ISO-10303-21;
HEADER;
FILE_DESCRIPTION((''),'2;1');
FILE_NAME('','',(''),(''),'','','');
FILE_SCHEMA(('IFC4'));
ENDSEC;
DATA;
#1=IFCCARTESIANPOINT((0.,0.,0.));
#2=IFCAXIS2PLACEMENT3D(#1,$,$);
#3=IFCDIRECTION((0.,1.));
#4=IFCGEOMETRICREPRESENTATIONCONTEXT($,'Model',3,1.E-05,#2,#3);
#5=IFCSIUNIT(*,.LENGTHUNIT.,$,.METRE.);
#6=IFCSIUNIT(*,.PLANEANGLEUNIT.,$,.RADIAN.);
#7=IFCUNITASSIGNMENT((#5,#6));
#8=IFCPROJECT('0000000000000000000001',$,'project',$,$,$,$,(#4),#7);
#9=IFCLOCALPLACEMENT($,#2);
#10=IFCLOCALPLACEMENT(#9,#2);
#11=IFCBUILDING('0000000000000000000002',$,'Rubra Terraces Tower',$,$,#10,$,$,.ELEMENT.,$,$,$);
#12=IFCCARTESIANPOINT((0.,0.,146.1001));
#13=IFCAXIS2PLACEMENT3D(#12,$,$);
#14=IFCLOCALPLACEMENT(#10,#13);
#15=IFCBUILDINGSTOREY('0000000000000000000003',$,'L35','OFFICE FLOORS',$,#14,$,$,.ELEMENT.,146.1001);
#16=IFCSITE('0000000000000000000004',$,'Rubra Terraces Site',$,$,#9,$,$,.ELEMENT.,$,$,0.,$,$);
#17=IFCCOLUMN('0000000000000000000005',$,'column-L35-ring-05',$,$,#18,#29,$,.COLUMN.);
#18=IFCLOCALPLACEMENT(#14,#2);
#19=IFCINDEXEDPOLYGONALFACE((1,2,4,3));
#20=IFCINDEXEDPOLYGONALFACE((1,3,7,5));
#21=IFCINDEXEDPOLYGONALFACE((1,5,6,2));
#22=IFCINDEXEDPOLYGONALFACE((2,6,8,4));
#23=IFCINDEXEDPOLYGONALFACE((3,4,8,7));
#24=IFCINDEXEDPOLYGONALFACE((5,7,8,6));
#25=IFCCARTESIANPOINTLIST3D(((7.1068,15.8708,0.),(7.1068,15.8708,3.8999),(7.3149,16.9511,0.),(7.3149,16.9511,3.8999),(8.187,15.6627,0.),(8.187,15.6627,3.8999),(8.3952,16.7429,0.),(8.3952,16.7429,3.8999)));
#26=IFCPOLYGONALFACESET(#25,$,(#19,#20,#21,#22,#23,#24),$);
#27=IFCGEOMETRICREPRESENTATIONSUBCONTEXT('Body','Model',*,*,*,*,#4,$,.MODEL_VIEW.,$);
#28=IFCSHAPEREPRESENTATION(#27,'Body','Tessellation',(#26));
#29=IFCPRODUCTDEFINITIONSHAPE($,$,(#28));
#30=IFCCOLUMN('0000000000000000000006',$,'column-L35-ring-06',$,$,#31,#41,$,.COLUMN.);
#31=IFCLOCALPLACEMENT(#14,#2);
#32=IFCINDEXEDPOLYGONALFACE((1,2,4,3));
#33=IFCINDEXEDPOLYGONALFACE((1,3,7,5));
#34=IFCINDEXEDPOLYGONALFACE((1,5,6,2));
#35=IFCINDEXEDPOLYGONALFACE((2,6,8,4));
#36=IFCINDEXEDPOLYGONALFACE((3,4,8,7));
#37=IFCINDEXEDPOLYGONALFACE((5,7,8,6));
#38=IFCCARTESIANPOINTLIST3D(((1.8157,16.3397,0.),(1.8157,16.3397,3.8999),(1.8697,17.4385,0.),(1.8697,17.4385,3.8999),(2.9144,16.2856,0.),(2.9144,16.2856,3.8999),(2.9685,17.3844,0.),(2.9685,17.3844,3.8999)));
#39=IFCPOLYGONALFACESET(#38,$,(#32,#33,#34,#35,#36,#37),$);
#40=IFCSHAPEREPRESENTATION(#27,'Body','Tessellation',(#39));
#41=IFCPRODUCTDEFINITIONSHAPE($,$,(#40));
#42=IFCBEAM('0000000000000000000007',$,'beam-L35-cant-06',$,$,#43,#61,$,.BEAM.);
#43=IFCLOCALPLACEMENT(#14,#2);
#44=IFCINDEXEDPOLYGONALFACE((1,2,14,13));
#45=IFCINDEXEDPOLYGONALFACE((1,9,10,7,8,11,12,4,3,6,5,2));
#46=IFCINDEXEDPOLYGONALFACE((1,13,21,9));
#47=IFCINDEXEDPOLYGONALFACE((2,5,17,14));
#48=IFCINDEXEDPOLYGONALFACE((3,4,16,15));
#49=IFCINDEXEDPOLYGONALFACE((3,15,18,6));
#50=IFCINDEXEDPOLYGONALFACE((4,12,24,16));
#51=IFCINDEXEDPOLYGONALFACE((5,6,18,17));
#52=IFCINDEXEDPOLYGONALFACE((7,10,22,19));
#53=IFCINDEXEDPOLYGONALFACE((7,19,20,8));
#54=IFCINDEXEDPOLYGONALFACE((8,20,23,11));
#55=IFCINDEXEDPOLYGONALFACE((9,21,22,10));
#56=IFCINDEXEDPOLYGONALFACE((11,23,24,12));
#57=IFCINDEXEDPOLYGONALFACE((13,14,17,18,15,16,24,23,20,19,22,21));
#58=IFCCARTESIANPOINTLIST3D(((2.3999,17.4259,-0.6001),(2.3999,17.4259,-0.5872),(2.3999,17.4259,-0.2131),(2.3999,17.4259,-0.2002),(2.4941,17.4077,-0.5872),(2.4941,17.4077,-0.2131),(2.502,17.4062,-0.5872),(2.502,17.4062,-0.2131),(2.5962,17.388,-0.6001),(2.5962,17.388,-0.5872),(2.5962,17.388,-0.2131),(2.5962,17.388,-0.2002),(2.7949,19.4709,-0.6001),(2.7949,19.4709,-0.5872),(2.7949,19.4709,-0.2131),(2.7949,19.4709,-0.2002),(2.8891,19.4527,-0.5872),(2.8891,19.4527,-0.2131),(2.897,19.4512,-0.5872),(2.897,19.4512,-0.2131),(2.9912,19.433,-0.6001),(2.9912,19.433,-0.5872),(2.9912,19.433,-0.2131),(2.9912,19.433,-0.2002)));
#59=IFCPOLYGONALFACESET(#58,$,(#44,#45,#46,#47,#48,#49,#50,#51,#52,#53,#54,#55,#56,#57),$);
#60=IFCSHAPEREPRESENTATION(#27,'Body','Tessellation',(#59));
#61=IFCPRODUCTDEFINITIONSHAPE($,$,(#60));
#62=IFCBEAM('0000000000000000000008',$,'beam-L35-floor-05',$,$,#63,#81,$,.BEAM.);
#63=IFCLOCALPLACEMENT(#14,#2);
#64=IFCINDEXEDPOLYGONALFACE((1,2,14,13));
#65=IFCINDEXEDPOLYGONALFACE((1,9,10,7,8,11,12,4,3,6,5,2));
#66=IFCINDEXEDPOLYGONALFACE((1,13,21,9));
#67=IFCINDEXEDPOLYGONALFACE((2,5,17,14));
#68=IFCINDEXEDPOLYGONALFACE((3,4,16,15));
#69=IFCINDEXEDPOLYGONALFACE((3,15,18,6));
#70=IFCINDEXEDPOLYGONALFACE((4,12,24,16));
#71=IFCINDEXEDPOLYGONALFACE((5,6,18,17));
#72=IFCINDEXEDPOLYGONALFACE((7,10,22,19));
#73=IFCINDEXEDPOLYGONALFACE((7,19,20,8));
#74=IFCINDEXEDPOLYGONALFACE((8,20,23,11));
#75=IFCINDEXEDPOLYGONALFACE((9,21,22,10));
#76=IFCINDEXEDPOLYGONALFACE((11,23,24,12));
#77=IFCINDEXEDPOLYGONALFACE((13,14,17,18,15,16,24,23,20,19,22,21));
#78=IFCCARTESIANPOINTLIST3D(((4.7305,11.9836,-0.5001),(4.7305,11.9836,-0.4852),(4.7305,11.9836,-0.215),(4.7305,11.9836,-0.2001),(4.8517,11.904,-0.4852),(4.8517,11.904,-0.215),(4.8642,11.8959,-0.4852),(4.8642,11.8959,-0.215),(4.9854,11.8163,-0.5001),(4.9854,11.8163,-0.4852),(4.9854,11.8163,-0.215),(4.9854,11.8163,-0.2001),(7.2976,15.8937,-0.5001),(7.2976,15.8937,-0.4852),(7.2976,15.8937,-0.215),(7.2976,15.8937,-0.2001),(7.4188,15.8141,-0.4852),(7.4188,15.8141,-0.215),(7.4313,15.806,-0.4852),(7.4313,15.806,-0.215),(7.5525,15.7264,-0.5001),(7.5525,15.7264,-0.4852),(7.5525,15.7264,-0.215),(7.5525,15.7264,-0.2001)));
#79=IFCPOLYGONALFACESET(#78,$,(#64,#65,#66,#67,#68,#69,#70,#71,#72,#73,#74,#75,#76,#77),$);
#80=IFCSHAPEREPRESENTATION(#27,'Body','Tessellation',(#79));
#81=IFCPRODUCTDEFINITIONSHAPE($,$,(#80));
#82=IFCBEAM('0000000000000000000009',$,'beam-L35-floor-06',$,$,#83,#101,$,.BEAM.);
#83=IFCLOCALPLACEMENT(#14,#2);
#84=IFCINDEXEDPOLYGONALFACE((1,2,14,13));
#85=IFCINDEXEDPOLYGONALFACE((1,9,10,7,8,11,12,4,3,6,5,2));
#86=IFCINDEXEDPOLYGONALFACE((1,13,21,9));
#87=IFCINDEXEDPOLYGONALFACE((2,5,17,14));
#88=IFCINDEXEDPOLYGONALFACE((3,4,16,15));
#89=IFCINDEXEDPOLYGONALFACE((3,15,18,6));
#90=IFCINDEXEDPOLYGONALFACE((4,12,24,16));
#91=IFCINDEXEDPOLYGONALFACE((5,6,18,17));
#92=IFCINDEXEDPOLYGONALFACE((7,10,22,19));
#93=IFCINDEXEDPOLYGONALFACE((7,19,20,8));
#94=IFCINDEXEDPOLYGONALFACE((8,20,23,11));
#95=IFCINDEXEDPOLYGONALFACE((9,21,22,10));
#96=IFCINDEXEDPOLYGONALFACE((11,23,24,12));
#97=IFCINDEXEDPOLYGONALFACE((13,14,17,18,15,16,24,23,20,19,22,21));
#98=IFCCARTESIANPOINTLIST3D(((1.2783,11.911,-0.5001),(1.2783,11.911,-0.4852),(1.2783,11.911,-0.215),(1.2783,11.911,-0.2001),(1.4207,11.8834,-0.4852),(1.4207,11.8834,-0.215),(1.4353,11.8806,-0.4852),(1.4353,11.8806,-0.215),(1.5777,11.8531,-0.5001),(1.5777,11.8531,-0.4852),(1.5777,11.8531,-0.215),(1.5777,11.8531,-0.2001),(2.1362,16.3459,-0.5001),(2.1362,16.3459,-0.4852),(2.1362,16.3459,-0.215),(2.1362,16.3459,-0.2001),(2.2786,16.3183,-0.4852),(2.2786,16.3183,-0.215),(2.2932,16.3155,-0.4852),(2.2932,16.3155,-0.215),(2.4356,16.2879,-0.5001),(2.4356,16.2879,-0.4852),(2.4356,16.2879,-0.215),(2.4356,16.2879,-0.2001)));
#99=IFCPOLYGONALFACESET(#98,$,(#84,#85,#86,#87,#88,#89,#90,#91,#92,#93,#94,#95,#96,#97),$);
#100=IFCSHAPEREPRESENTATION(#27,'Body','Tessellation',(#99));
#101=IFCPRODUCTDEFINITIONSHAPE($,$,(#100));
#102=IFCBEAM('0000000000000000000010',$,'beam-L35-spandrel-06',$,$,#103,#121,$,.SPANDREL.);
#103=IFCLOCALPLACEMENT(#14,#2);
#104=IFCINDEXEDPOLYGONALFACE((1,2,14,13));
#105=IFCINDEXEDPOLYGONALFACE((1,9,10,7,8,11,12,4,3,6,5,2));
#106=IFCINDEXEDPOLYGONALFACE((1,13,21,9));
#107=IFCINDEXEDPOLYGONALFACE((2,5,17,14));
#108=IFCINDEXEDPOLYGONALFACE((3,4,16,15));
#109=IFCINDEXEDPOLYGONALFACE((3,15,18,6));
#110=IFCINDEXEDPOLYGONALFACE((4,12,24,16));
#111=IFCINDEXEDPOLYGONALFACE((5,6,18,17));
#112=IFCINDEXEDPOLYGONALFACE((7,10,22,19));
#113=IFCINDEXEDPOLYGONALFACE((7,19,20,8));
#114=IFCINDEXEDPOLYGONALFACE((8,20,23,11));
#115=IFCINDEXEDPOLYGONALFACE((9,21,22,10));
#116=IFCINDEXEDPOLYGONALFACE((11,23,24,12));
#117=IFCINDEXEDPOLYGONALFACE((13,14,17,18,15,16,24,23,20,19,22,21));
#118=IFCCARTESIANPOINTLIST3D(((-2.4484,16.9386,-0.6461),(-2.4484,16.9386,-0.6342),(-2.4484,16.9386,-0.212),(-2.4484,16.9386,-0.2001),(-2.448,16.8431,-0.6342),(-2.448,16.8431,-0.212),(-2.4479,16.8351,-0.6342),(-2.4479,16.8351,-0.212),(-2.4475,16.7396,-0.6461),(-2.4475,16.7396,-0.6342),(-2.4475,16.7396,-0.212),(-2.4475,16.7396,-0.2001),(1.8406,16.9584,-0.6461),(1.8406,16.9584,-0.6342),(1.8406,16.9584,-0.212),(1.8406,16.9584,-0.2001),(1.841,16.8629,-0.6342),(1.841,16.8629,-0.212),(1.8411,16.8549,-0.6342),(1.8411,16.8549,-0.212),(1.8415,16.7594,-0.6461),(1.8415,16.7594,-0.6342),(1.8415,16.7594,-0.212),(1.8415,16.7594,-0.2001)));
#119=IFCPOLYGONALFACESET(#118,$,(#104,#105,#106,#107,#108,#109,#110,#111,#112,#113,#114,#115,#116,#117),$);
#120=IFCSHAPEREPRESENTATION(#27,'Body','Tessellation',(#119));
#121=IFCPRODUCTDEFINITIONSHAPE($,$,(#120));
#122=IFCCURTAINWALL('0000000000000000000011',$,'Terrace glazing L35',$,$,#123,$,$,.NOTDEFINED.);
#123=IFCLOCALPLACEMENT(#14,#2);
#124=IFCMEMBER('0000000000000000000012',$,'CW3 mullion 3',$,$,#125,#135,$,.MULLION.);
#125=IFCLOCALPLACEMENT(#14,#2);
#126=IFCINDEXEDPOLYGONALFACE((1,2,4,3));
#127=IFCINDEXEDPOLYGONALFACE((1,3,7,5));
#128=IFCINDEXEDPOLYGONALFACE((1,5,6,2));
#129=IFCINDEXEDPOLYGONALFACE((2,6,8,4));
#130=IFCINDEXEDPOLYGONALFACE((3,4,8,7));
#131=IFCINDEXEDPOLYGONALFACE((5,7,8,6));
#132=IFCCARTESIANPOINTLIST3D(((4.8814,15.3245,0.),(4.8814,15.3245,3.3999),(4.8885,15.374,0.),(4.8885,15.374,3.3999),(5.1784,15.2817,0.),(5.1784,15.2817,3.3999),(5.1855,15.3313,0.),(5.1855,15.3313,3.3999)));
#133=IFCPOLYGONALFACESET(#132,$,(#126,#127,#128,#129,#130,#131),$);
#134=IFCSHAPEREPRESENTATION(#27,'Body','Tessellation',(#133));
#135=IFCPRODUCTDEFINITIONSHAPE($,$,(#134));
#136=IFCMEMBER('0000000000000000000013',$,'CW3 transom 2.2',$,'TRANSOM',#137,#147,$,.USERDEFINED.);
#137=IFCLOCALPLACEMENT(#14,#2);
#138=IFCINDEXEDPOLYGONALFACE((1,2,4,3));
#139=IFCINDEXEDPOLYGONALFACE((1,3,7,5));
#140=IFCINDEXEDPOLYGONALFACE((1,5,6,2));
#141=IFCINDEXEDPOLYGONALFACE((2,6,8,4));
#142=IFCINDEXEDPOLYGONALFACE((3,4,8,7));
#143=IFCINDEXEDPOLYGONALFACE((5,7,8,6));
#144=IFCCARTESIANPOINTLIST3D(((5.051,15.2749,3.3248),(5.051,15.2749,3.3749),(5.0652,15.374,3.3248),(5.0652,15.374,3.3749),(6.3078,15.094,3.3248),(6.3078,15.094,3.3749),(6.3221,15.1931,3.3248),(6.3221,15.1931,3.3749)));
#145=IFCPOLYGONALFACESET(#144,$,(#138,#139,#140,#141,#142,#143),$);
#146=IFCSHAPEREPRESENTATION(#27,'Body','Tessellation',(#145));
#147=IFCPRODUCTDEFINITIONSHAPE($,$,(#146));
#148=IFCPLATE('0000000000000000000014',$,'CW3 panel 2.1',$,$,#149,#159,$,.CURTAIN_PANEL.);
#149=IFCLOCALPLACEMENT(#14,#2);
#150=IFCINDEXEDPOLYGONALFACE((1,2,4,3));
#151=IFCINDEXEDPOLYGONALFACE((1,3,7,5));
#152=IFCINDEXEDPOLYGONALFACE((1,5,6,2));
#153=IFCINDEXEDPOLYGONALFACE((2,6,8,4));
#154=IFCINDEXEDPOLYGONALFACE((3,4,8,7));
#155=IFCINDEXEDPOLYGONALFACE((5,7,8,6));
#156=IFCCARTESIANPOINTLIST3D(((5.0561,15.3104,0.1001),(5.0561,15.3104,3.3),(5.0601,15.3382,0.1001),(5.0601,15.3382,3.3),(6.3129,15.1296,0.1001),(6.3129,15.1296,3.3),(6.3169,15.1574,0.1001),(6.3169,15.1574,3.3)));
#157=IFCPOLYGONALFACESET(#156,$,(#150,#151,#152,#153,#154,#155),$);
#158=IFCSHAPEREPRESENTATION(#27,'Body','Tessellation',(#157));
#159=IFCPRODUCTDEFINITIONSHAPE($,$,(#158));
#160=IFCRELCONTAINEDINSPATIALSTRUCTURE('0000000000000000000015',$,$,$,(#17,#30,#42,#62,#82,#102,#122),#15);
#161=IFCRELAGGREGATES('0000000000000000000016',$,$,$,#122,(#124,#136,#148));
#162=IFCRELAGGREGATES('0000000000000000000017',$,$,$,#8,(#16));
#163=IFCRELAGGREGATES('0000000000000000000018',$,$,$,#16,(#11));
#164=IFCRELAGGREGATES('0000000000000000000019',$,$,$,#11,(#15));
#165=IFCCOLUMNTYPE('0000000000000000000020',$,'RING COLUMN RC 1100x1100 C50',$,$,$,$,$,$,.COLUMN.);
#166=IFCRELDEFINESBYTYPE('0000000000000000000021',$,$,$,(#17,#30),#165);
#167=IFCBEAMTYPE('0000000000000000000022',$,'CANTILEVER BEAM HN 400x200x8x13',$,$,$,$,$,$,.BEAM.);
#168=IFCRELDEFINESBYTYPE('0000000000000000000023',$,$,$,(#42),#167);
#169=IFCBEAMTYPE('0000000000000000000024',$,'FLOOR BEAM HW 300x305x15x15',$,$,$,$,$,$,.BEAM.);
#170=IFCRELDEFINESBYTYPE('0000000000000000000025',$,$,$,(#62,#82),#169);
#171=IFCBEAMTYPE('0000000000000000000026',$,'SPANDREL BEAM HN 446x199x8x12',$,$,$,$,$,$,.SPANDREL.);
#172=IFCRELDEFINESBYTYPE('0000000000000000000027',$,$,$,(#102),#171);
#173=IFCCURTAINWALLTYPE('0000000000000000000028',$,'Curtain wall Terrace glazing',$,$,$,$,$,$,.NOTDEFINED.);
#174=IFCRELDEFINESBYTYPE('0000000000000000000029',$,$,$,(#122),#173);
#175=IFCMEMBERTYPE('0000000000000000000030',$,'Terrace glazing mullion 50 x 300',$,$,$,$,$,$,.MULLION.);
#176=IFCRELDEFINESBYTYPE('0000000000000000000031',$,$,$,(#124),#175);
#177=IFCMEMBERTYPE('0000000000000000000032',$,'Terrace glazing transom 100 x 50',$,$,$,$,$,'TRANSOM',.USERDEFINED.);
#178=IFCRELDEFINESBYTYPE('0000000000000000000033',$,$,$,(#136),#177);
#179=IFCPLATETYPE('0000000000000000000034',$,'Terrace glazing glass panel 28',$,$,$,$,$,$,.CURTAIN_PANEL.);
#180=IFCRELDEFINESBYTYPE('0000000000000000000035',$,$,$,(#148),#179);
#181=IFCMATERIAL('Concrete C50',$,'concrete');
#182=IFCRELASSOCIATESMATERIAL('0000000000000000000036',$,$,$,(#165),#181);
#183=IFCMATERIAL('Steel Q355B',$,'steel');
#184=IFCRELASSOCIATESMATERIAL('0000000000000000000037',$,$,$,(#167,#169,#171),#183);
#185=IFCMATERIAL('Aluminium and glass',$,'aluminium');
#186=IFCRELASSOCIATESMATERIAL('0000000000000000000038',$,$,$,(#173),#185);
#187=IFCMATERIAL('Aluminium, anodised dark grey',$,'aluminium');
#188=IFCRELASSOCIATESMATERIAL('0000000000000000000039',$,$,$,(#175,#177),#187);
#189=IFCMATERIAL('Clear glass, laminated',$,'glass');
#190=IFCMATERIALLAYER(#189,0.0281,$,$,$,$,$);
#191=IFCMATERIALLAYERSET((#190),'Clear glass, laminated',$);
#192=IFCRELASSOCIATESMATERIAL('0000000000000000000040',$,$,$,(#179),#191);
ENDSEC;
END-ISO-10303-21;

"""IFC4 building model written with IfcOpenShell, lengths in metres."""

from ifc_helpers import new_model, si_unit, direction, frame, origin, origin_2d, place, context, subcontext, project, spatial, rectangle, i_section, extrude, material, layer, layer_set, material_profile, profile_set, type_object, element, aggregate, save


model = new_model("IFC4")

# Units and contexts
model_context = context("Model", 3, precision=1e-05, world=origin(), true_north=direction((0.0, 1.0)))
body_context = subcontext(model_context, "Body", "Model", "MODEL_VIEW")
ifc_project = project(units=[si_unit("LENGTHUNIT", "METRE"), si_unit("PLANEANGLEUNIT", "RADIAN")], contexts=[model_context])

# Site, building, storey
site_placement = place(None, origin())
site = spatial("IfcSite", under=ifc_project, at=site_placement, Name="Rubra Terraces Site", CompositionType="ELEMENT", RefElevation=0.0)
building_placement = place(site_placement, origin())
building = spatial("IfcBuilding", under=site, at=building_placement, Name="Rubra Terraces Tower", CompositionType="ELEMENT")
storey_placement = place(building_placement, frame((0.0, 0.0, 146.1001)))
storey = spatial("IfcBuildingStorey", under=building, at=storey_placement, Name="L35", Description="OFFICE FLOORS", CompositionType="ELEMENT", Elevation=146.1001)

# Columns
ifc_material_1 = material(Name="Concrete C50", Category="concrete")
ifc_material_profile_1 = material_profile(ifc_material_1, rectangle(XDim=1.1001, YDim=1.1001, at=origin_2d()), Name="RC 1100x1100")
ifc_profile_set_1 = profile_set([ifc_material_profile_1], Name="Concrete C50")
column_type = type_object("IfcColumnType", Name="RING COLUMN RC 1100x1100 C50", PredefinedType="COLUMN", material=ifc_profile_set_1)
for number, where, z_axis, x_axis, name in (
    (1, (7.751, 16.3069, 0.0), (0.0, 0.0, 1.0), (-0.981937, 0.18921, 0.0), "column-L35-ring-05"),
    (2, (2.3921, 16.8621, 0.0), (0.0, 0.0, 1.0), (-0.998791, 0.04915, 0.0), "column-L35-ring-06"),
):
    element("IfcColumn", number, at=place(storey_placement, frame(where, z_axis=z_axis, x_axis=x_axis)), inside=storey, type_object=column_type, Name=name, PredefinedType="COLUMN", context=body_context, shape_type="SweptSolid", body=[
        extrude(rectangle(XDim=1.1001, YDim=1.1001, at=origin_2d()), origin(), (0.0, 0.0, 1.0), 3.8999),
    ])

# Beams
ifc_material_2 = material(Name="Steel Q355B", Category="steel")
ifc_material_profile_2 = material_profile(ifc_material_2, i_section(OverallWidth=0.2, OverallDepth=0.3999, WebThickness=0.0081, FlangeThickness=0.0129, at=origin_2d()), Name="HN 400x200x8x13")
ifc_profile_set_2 = profile_set([ifc_material_profile_2], Name="Steel Q355B")
beam_type_1 = type_object("IfcBeamType", Name="CANTILEVER BEAM HN 400x200x8x13", PredefinedType="BEAM", material=ifc_profile_set_2)
beam_1_placement = place(storey_placement, frame((2.498, 17.407, -0.4001), z_axis=(0.189665, 0.981849, 0.0), x_axis=(-0.981849, 0.189665, 0.0)))
element("IfcBeam", 3, at=beam_1_placement, inside=storey, type_object=beam_type_1, Name="beam-L35-cant-06", PredefinedType="BEAM", context=body_context, shape_type="SweptSolid", body=[
    extrude(i_section(OverallWidth=0.2, OverallDepth=0.3999, WebThickness=0.0081, FlangeThickness=0.0129, at=origin_2d()), origin(), (0.0, 0.0, 1.0), 2.0828),
])
ifc_material_profile_3 = material_profile(ifc_material_2, i_section(OverallWidth=0.3049, OverallDepth=0.3, WebThickness=0.0149, FlangeThickness=0.0149, at=origin_2d()), Name="HW 300x305x15x15")
ifc_profile_set_3 = profile_set([ifc_material_profile_3], Name="Steel Q355B")
beam_type_2 = type_object("IfcBeamType", Name="FLOOR BEAM HW 300x305x15x15", PredefinedType="BEAM", material=ifc_profile_set_3)
beam_2_placement = place(storey_placement, frame((7.425, 15.8101, -0.3501), z_axis=(-0.548821, -0.83594, 0.0), x_axis=(0.83594, -0.548821, 0.0)))
element("IfcBeam", 4, at=beam_2_placement, inside=storey, type_object=beam_type_2, Name="beam-L35-floor-05", PredefinedType="BEAM", context=body_context, shape_type="SweptSolid", body=[
    extrude(i_section(OverallWidth=0.3049, OverallDepth=0.3, WebThickness=0.0149, FlangeThickness=0.0149, at=origin_2d()), origin(), (0.0, 0.0, 1.0), 4.6775),
])
beam_3_placement = place(storey_placement, frame((2.2859, 16.3169, -0.3501), z_axis=(-0.189928, -0.981798, 0.0), x_axis=(0.981798, -0.189928, 0.0)))
element("IfcBeam", 5, at=beam_3_placement, inside=storey, type_object=beam_type_2, Name="beam-L35-floor-06", PredefinedType="BEAM", context=body_context, shape_type="SweptSolid", body=[
    extrude(i_section(OverallWidth=0.3049, OverallDepth=0.3, WebThickness=0.0149, FlangeThickness=0.0149, at=origin_2d()), origin(), (0.0, 0.0, 1.0), 4.5171),
])
ifc_material_profile_4 = material_profile(ifc_material_2, i_section(OverallWidth=0.199, OverallDepth=0.446, WebThickness=0.0081, FlangeThickness=0.012, at=origin_2d()), Name="HN 446x199x8x12")
ifc_profile_set_4 = profile_set([ifc_material_profile_4], Name="Steel Q355B")
beam_type_3 = type_object("IfcBeamType", Name="SPANDREL BEAM HN 446x199x8x12", PredefinedType="SPANDREL", material=ifc_profile_set_4)
beam_4_placement = place(storey_placement, frame((1.8411, 16.8589, -0.4231), z_axis=(-0.999989, -0.004611, 0.0), x_axis=(0.004611, -0.999989, 0.0)))
element("IfcBeam", 6, at=beam_4_placement, inside=storey, type_object=beam_type_3, Name="beam-L35-spandrel-06", PredefinedType="SPANDREL", context=body_context, shape_type="SweptSolid", body=[
    extrude(i_section(OverallWidth=0.199, OverallDepth=0.446, WebThickness=0.0081, FlangeThickness=0.012, at=origin_2d()), origin(), (0.0, 0.0, 1.0), 4.2891),
])

# Curtain wall, members, plate
ifc_material_3 = material(Name="Aluminium and glass", Category="aluminium")
curtain_wall_type = type_object("IfcCurtainWallType", Name="Curtain wall Terrace glazing", PredefinedType="NOTDEFINED", material=ifc_material_3)
curtain_wall_placement = place(storey_placement, origin())
curtain_wall = element("IfcCurtainWall", 7, at=curtain_wall_placement, inside=storey, type_object=curtain_wall_type, Name="Terrace glazing L35", PredefinedType="NOTDEFINED")
ifc_material_4 = material(Name="Aluminium, anodised dark grey", Category="aluminium")
ifc_material_profile_5 = material_profile(ifc_material_4, rectangle(XDim=0.05, YDim=0.3, at=origin_2d()), Name="AL 50x300")
ifc_profile_set_5 = profile_set([ifc_material_profile_5], Name="Aluminium, anodised dark grey")
member_type_1 = type_object("IfcMemberType", Name="Terrace glazing mullion 50 x 300", PredefinedType="MULLION", material=ifc_profile_set_5)
member_1_placement = place(storey_placement, frame((5.0334, 15.3279, 0.0), z_axis=(0.0, 0.0, 1.0), x_axis=(-0.14241, -0.989808, 0.0)))
member_1 = element("IfcMember", 8, at=member_1_placement, type_object=member_type_1, Name="CW3 mullion 3", PredefinedType="MULLION", context=body_context, shape_type="SweptSolid", body=[
    extrude(rectangle(XDim=0.05, YDim=0.3, at=origin_2d()), origin(), (0.0, 0.0, 1.0), 3.3999),
])
ifc_material_profile_6 = material_profile(ifc_material_4, rectangle(XDim=0.1001, YDim=0.05, at=origin_2d()), Name="AL 100x50")
ifc_profile_set_6 = profile_set([ifc_material_profile_6], Name="Aluminium, anodised dark grey")
member_type_2 = type_object("IfcMemberType", Name="Terrace glazing transom 100 x 50", ElementType="TRANSOM", PredefinedType="USERDEFINED", material=ifc_profile_set_6)
member_2_placement = place(storey_placement, frame((6.3149, 15.1436, 3.3499), z_axis=(-0.989799, 0.142471, 0.0), x_axis=(-0.142471, -0.989799, 0.0)))
member_2 = element("IfcMember", 9, at=member_2_placement, type_object=member_type_2, Name="CW3 transom 2.2", ObjectType="TRANSOM", PredefinedType="USERDEFINED", context=body_context, shape_type="SweptSolid", body=[
    extrude(rectangle(XDim=0.1001, YDim=0.05, at=origin_2d()), origin(), (0.0, 0.0, 1.0), 1.2698),
])
ifc_material_5 = material(Name="Clear glass, laminated", Category="glass")
ifc_layer_1 = layer(ifc_material_5, 0.0281)
ifc_layer_set_1 = layer_set([ifc_layer_1], Name="Clear glass, laminated")
plate_type = type_object("IfcPlateType", Name="Terrace glazing glass panel 28", PredefinedType="CURTAIN_PANEL", material=ifc_layer_set_1)
plate_placement = place(storey_placement, frame((5.6865, 15.2339, 0.1001), z_axis=(0.0, 0.0, 1.0), x_axis=(-0.989808, 0.14241, 0.0)))
plate = element("IfcPlate", 10, at=plate_placement, type_object=plate_type, Name="CW3 panel 2.1", PredefinedType="CURTAIN_PANEL", context=body_context, shape_type="SweptSolid", body=[
    extrude(rectangle(XDim=1.2698, YDim=0.0281, at=origin_2d()), origin(), (0.0, 0.0, 1.0), 3.2),
])
aggregate(curtain_wall, [member_1, member_2, plate])

save(model, "model.ifc")
